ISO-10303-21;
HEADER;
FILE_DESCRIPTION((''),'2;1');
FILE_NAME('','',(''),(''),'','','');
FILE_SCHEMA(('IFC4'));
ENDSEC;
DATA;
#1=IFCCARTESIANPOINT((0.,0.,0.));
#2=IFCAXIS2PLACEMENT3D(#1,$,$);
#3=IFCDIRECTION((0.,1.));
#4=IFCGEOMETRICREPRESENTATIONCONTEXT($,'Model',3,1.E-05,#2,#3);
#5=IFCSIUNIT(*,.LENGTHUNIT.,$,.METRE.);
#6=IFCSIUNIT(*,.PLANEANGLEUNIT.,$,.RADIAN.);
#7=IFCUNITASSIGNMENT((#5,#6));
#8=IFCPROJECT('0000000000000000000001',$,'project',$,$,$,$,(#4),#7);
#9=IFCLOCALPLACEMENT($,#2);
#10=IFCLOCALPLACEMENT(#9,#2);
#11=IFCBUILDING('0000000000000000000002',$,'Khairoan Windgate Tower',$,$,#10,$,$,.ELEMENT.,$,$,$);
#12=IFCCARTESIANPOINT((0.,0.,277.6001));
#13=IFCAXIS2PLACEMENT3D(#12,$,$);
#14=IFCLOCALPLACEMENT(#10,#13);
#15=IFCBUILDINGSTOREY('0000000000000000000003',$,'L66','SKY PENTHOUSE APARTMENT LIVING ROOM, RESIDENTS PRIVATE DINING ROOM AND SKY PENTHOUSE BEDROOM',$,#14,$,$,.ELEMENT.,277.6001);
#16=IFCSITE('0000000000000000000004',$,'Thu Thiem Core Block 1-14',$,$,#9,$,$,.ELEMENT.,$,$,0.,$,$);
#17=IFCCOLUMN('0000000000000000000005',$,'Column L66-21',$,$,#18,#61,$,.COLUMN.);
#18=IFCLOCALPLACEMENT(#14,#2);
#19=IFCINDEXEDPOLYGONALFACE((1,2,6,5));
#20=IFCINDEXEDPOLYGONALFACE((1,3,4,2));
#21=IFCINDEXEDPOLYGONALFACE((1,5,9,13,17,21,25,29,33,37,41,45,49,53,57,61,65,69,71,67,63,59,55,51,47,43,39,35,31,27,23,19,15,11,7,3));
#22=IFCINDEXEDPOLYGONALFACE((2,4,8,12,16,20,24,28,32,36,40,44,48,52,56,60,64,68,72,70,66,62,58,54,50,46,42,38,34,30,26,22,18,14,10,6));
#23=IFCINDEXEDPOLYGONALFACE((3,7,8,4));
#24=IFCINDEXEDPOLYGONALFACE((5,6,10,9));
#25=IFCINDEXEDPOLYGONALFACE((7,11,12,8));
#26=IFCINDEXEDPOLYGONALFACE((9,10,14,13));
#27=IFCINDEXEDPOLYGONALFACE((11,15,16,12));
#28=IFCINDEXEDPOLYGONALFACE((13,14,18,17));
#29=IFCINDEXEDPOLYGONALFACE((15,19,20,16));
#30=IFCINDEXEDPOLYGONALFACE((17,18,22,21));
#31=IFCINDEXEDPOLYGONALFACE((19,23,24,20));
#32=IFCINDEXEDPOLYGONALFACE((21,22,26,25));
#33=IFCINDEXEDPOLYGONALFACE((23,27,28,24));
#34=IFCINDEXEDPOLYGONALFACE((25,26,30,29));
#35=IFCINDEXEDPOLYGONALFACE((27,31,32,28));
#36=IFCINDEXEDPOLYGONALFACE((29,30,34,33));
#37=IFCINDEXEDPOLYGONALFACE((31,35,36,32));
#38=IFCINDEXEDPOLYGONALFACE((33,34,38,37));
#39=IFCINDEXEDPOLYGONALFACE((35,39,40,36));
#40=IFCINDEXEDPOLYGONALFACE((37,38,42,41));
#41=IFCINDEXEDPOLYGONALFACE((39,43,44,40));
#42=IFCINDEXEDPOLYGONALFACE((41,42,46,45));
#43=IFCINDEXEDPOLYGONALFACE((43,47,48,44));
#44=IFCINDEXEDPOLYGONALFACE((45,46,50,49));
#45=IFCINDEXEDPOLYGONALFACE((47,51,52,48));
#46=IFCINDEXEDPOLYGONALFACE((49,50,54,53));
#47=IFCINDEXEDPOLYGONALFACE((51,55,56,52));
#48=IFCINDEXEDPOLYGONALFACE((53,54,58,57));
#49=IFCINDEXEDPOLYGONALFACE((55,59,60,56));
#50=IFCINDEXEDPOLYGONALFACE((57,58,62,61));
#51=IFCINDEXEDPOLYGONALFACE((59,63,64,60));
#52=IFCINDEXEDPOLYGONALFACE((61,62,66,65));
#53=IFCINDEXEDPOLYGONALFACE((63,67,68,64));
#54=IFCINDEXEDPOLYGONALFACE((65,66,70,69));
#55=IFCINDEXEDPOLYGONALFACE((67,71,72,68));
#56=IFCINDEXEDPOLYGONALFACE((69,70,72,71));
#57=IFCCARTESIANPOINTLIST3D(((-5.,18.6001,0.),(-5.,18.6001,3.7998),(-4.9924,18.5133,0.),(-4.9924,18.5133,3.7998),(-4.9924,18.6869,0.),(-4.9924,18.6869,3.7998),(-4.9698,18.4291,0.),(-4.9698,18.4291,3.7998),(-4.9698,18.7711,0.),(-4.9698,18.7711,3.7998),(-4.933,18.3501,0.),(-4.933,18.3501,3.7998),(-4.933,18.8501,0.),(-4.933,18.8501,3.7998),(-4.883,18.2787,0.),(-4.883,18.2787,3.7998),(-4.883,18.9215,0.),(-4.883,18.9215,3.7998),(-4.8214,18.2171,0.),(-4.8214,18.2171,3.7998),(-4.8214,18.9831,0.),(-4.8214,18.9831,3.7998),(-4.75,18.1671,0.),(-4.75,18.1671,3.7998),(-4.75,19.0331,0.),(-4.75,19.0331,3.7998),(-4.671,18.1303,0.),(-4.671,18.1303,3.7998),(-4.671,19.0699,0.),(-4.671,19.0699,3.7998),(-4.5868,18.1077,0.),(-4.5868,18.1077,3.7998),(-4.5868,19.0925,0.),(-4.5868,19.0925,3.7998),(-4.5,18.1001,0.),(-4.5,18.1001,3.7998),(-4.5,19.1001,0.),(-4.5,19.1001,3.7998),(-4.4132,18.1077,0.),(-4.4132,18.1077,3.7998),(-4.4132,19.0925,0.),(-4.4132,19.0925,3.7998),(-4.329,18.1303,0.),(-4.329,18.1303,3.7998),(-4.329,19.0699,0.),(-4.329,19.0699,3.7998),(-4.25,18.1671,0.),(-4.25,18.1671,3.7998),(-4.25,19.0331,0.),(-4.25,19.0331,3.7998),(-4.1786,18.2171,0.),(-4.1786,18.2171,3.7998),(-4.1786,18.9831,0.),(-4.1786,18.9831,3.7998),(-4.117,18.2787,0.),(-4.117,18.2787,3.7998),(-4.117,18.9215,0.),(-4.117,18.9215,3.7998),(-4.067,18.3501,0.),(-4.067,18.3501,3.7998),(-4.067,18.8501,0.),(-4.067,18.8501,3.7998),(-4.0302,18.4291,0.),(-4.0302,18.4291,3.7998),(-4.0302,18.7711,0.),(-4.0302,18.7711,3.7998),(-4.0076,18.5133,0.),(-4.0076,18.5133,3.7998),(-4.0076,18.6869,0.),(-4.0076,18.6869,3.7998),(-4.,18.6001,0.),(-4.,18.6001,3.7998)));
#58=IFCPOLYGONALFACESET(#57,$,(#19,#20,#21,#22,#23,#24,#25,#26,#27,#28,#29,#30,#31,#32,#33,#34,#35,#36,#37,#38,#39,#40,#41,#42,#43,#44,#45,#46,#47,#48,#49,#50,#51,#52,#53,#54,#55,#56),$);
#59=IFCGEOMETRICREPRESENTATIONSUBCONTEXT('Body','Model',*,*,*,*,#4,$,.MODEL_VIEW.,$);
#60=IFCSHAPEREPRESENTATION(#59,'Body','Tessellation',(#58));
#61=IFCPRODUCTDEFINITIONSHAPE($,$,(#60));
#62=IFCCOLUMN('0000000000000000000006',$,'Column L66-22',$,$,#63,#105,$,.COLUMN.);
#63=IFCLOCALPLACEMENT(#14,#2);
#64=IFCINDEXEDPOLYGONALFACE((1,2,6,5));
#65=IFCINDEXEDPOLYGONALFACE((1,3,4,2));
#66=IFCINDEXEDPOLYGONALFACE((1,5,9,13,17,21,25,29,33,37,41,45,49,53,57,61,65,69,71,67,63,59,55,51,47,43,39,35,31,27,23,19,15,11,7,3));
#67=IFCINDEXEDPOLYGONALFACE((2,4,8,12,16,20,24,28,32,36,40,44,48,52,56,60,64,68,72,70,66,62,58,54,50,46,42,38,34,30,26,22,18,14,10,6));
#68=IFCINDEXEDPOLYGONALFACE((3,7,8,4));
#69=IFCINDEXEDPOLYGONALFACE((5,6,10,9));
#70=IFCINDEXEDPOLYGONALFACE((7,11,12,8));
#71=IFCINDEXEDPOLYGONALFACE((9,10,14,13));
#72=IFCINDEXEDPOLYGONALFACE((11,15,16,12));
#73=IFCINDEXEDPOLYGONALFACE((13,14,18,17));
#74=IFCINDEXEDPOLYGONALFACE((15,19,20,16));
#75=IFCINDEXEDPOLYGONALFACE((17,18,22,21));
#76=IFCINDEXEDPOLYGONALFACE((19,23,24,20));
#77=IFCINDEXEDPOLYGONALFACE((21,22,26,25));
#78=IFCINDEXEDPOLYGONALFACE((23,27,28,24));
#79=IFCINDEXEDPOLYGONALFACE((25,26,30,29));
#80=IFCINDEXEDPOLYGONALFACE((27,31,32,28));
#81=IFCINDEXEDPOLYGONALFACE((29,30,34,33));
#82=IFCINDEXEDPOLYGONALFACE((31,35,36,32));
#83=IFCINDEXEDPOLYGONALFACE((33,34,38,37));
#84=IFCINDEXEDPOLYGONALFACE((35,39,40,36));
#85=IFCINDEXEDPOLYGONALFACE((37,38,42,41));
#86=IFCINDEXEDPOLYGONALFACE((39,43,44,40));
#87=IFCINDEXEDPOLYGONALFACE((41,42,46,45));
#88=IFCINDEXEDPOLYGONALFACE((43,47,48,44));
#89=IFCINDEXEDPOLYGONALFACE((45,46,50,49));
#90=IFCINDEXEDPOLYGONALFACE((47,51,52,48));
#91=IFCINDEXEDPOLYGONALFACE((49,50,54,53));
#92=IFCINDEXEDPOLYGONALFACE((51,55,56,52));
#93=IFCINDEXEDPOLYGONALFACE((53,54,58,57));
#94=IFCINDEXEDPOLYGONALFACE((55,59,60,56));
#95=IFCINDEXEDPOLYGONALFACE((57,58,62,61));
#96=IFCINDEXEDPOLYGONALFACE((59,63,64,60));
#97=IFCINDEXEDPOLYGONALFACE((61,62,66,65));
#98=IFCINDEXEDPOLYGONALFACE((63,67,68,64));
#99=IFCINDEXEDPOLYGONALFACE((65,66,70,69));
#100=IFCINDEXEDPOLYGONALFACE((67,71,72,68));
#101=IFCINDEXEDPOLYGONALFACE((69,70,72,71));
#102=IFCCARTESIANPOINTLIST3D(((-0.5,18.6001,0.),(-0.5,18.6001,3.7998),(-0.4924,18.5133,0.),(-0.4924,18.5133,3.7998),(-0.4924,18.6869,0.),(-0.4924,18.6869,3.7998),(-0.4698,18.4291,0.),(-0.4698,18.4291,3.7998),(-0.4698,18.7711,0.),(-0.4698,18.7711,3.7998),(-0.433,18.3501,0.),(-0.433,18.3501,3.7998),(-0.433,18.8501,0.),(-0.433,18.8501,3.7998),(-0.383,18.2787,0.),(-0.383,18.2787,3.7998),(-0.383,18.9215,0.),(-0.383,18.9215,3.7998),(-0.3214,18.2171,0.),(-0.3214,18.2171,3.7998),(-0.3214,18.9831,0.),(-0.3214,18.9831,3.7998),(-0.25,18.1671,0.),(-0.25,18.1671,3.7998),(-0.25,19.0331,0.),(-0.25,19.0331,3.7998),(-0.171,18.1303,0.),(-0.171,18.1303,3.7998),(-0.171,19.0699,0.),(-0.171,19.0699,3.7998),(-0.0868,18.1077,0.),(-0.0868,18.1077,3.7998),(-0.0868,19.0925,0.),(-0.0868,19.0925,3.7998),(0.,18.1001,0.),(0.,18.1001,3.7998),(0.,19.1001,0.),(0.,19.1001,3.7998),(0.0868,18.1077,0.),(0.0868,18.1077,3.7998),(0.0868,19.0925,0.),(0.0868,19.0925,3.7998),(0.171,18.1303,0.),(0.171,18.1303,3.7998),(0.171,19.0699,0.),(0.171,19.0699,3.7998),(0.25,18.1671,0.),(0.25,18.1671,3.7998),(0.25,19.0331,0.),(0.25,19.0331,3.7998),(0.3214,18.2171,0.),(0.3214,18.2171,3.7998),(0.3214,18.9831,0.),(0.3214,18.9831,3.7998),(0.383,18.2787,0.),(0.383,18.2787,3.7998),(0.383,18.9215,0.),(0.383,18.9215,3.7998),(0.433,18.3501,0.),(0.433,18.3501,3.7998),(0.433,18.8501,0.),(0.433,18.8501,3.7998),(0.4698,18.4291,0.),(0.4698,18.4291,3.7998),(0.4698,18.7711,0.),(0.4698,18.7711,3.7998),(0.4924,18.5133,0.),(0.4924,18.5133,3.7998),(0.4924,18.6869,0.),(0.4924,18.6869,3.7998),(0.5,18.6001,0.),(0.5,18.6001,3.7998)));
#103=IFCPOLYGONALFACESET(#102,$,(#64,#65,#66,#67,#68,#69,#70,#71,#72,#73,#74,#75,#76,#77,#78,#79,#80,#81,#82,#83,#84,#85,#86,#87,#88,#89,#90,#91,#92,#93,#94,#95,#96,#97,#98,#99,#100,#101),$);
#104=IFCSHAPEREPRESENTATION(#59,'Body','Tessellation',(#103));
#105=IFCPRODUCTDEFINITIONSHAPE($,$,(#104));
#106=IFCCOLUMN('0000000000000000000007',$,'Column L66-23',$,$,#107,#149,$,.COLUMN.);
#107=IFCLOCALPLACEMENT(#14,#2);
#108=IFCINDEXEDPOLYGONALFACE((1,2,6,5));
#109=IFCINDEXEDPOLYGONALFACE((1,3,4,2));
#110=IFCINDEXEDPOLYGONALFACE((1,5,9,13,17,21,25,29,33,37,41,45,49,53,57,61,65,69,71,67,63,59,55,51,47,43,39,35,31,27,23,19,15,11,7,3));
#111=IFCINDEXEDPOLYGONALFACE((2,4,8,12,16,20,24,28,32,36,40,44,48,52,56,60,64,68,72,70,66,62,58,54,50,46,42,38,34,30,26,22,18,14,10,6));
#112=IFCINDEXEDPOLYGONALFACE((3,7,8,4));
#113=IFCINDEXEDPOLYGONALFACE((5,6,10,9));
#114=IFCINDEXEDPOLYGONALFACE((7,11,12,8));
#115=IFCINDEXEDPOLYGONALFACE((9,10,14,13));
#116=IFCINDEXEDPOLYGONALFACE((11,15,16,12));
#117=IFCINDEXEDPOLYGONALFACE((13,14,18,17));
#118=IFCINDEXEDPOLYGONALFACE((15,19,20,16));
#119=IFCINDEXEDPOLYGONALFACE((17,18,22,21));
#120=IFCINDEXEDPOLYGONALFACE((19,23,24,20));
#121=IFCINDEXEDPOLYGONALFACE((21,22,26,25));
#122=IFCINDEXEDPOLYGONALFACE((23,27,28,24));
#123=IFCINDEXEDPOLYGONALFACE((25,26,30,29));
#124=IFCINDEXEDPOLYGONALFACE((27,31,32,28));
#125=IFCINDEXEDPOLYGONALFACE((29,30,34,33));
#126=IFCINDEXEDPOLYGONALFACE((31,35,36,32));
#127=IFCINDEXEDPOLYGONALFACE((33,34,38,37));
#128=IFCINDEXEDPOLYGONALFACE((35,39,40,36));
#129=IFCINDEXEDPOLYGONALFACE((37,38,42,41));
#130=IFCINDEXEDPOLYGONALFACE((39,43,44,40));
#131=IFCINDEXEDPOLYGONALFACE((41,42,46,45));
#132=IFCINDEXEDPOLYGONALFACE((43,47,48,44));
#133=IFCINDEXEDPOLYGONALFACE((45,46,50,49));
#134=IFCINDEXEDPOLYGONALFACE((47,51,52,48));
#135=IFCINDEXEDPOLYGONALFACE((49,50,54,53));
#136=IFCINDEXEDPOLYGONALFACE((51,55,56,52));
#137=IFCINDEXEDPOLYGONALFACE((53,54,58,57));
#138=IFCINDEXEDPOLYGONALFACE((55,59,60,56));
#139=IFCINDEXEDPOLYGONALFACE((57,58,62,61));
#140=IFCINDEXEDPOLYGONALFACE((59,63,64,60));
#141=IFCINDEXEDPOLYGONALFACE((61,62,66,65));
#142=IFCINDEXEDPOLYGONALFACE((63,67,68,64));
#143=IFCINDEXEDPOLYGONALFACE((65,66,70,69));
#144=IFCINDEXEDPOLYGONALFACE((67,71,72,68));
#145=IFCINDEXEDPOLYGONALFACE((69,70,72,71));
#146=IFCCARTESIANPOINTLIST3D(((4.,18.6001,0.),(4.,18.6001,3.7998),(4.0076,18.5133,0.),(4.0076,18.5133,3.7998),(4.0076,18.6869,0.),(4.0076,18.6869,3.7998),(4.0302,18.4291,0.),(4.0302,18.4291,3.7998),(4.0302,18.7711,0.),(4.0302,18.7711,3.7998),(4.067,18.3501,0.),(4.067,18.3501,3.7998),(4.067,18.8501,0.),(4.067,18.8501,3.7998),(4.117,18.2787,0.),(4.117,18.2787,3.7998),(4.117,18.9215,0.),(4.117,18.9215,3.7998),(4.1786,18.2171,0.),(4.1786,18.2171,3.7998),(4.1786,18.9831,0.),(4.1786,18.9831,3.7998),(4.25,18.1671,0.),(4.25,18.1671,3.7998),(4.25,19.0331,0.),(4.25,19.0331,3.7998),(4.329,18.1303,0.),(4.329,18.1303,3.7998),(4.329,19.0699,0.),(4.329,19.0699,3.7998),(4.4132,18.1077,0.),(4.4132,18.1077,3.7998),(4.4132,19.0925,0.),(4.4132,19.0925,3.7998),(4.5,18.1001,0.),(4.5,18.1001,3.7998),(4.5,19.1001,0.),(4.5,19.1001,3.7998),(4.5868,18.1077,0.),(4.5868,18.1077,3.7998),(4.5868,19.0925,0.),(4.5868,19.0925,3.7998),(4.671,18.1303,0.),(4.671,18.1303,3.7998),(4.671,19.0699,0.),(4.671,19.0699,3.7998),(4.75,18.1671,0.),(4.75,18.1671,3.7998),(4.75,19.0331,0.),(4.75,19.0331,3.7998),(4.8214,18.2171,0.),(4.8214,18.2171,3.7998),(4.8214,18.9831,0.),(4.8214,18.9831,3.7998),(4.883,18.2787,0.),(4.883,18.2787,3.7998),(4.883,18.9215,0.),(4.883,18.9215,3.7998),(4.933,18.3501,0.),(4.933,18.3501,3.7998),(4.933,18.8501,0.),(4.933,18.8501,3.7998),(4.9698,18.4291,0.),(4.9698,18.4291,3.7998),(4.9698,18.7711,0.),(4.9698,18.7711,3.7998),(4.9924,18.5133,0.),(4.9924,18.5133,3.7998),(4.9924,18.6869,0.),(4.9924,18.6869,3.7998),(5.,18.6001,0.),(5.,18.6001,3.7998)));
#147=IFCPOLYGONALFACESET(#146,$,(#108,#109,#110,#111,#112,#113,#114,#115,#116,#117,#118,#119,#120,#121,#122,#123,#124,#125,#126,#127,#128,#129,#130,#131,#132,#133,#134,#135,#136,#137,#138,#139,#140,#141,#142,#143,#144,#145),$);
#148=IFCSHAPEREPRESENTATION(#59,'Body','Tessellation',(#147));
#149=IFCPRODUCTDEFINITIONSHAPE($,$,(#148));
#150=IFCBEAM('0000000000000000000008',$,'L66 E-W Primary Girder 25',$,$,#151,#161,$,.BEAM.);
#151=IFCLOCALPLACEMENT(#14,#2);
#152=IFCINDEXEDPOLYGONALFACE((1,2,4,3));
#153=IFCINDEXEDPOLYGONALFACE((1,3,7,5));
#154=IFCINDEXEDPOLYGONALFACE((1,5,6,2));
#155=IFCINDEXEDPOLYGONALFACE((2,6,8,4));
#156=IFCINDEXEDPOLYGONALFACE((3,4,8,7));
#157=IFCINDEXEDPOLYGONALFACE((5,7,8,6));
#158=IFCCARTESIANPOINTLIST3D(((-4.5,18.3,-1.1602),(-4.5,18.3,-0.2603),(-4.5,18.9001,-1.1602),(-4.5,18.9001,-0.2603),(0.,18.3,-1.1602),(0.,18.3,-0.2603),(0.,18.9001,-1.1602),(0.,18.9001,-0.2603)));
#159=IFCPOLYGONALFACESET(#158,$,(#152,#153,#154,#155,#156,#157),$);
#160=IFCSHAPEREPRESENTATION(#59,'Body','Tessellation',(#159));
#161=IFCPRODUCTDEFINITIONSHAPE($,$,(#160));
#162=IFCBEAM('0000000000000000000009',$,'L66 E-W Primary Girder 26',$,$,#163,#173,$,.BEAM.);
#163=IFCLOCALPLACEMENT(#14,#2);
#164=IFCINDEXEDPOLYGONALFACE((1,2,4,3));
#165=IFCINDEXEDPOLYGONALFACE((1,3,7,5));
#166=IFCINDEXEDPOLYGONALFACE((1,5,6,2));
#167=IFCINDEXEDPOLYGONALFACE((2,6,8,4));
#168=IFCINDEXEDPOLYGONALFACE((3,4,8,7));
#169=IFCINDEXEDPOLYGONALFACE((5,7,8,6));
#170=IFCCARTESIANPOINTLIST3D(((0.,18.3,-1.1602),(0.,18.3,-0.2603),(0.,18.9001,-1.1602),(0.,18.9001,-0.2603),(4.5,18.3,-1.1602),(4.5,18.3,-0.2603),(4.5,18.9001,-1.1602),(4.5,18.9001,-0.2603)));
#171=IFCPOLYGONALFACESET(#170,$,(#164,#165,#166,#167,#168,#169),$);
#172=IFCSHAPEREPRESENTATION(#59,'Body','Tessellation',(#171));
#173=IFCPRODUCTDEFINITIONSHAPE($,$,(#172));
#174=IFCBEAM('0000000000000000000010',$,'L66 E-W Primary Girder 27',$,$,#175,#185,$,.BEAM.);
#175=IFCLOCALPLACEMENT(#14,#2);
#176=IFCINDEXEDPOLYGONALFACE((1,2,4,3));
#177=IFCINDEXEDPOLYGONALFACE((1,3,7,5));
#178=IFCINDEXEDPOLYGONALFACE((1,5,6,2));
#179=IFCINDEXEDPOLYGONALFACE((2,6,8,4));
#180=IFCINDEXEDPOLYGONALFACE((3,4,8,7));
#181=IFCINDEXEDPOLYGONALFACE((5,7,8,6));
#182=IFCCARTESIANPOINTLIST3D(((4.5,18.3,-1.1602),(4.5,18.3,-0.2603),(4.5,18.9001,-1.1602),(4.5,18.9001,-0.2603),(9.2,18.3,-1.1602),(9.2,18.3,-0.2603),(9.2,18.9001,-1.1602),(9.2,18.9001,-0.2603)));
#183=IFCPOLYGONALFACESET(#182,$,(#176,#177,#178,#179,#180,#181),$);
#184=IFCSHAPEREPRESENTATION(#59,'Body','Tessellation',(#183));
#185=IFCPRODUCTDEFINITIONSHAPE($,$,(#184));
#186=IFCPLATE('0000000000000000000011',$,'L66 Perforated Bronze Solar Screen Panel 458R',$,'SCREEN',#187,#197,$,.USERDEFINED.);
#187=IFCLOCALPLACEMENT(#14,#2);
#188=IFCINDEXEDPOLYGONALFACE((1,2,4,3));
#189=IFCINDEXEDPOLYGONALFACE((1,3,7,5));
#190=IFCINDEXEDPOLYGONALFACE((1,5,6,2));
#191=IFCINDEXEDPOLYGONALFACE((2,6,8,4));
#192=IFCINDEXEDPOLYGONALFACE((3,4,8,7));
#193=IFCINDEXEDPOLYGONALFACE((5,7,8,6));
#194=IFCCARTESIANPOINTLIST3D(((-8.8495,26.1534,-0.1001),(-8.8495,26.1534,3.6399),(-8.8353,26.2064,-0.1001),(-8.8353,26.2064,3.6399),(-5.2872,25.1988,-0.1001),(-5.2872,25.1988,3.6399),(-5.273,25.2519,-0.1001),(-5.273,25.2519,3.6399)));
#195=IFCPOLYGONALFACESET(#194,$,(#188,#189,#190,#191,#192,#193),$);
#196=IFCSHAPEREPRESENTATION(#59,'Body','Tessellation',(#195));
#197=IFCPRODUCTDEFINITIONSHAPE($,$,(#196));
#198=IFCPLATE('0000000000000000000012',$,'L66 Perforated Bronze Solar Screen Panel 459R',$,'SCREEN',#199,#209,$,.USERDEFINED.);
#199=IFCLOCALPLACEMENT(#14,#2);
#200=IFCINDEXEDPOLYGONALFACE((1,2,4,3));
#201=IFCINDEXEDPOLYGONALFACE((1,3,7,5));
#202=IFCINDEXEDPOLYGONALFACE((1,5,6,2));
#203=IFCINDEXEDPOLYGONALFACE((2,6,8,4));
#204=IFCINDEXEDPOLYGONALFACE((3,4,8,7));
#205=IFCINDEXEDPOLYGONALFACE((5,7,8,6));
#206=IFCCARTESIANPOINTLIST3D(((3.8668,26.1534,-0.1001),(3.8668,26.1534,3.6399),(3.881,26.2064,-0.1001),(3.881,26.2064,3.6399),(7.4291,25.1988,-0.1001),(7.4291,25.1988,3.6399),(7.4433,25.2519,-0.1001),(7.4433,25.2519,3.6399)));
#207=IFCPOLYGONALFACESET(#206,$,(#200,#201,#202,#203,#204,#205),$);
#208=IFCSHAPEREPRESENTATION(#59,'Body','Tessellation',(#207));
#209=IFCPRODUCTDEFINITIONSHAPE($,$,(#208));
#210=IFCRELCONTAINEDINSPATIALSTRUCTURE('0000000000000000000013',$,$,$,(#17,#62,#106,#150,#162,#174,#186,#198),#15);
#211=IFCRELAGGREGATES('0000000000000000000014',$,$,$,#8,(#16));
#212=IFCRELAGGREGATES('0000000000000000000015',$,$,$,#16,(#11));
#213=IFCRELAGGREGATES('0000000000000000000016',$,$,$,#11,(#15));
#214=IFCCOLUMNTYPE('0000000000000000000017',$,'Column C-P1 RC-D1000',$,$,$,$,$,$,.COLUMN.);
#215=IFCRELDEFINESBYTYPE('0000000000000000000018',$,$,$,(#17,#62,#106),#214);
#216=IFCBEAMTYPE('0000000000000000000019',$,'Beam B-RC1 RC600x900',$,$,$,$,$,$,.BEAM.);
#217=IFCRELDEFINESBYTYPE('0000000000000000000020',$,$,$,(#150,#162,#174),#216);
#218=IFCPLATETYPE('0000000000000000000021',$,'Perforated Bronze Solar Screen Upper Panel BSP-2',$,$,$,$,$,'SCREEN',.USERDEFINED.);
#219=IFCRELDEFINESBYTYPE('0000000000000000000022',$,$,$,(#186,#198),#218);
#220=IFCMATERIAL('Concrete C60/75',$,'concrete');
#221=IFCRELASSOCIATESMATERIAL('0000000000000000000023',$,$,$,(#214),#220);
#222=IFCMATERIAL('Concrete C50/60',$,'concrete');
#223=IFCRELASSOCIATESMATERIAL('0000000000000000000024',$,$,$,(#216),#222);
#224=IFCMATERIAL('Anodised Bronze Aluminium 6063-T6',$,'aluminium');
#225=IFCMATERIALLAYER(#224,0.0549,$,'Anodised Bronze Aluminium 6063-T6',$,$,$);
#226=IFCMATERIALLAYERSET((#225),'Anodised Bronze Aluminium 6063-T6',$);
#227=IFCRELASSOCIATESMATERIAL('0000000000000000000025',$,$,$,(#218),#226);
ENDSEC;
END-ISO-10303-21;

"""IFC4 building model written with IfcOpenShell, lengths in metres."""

from ifc_helpers import new_model, si_unit, direction, frame, origin, origin_2d, place, context, subcontext, project, spatial, rectangle, circle, extrude, material, layer, layer_set, material_profile, profile_set, type_object, element, save


model = new_model("IFC4")

# Units and contexts
model_context = context("Model", 3, precision=1e-05, world=origin(), true_north=direction((0.0, 1.0)))
body_context = subcontext(model_context, "Body", "Model", "MODEL_VIEW")
ifc_project = project(units=[si_unit("LENGTHUNIT", "METRE"), si_unit("PLANEANGLEUNIT", "RADIAN")], contexts=[model_context])

# Site, building, storey
site_placement = place(None, origin())
site = spatial("IfcSite", under=ifc_project, at=site_placement, Name="Thu Thiem Core Block 1-14", CompositionType="ELEMENT", RefElevation=0.0)
building_placement = place(site_placement, origin())
building = spatial("IfcBuilding", under=site, at=building_placement, Name="Khairoan Windgate Tower", CompositionType="ELEMENT")
storey_placement = place(building_placement, frame((0.0, 0.0, 277.6001)))
storey = spatial("IfcBuildingStorey", under=building, at=storey_placement, Name="L66", Description="SKY PENTHOUSE APARTMENT LIVING ROOM, RESIDENTS PRIVATE DINING ROOM AND SKY PENTHOUSE BEDROOM", CompositionType="ELEMENT", Elevation=277.6001)

# Columns
ifc_material_1 = material(Name="Concrete C60/75", Category="concrete")
ifc_material_profile_1 = material_profile(ifc_material_1, circle(Radius=0.5, at=origin_2d()))
ifc_profile_set_1 = profile_set([ifc_material_profile_1], Name="Concrete C60/75")
column_type = type_object("IfcColumnType", Name="Column C-P1 RC-D1000", PredefinedType="COLUMN", material=ifc_profile_set_1)
for number, where, z_axis, x_axis, name in (
    (1, (-4.5, 18.6001, 0.0), (0.0, 0.0, 1.0), (1.0, 0.0, 0.0), "Column L66-21"),
    (2, (0.0, 18.6001, 0.0), (0.0, 0.0, 1.0), (1.0, 0.0, 0.0), "Column L66-22"),
    (3, (4.5, 18.6001, 0.0), (0.0, 0.0, 1.0), (1.0, 0.0, 0.0), "Column L66-23"),
):
    element("IfcColumn", number, at=place(storey_placement, frame(where, z_axis=z_axis, x_axis=x_axis)), inside=storey, type_object=column_type, Name=name, PredefinedType="COLUMN", context=body_context, shape_type="SweptSolid", body=[
        extrude(circle(Radius=0.5, at=origin_2d()), origin(), (0.0, 0.0, 1.0), 3.7998),
    ])

# Beams
ifc_material_2 = material(Name="Concrete C50/60", Category="concrete")
ifc_material_profile_2 = material_profile(ifc_material_2, rectangle(XDim=0.6001, YDim=0.8999, at=origin_2d()))
ifc_profile_set_2 = profile_set([ifc_material_profile_2], Name="Concrete C50/60")
beam_type = type_object("IfcBeamType", Name="Beam B-RC1 RC600x900", PredefinedType="BEAM", material=ifc_profile_set_2)
for number, where, z_axis, x_axis, name in (
    (4, (-4.5, 18.6001, -0.7102), (1.0, 0.0, 0.0), (0.0, 1.0, 0.0), "L66 E-W Primary Girder 25"),
    (5, (0.0, 18.6001, -0.7102), (1.0, 0.0, 0.0), (0.0, 1.0, 0.0), "L66 E-W Primary Girder 26"),
):
    element("IfcBeam", number, at=place(storey_placement, frame(where, z_axis=z_axis, x_axis=x_axis)), inside=storey, type_object=beam_type, Name=name, PredefinedType="BEAM", context=body_context, shape_type="SweptSolid", body=[
        extrude(rectangle(XDim=0.6001, YDim=0.8999, at=origin_2d()), origin(), (0.0, 0.0, 1.0), 4.5),
    ])
beam_placement = place(storey_placement, frame((4.5, 18.6001, -0.7102), z_axis=(1.0, 0.0, 0.0), x_axis=(0.0, 1.0, 0.0)))
element("IfcBeam", 6, at=beam_placement, inside=storey, type_object=beam_type, Name="L66 E-W Primary Girder 27", PredefinedType="BEAM", context=body_context, shape_type="SweptSolid", body=[
    extrude(rectangle(XDim=0.6001, YDim=0.8999, at=origin_2d()), origin(), (0.0, 0.0, 1.0), 4.7),
])

# Plates
ifc_material_3 = material(Name="Anodised Bronze Aluminium 6063-T6", Category="aluminium")
ifc_layer_1 = layer(ifc_material_3, 0.0549, Name="Anodised Bronze Aluminium 6063-T6")
ifc_layer_set_1 = layer_set([ifc_layer_1], Name="Anodised Bronze Aluminium 6063-T6")
plate_type = type_object("IfcPlateType", Name="Perforated Bronze Solar Screen Upper Panel BSP-2", ElementType="SCREEN", PredefinedType="USERDEFINED", material=ifc_layer_set_1)
for number, where, z_axis, x_axis, name in (
    (7, (-7.0613, 25.7026, -0.1001), (0.0, 0.0, 1.0), (0.965926, -0.258819, 0.0), "L66 Perforated Bronze Solar Screen Panel 458R"),
    (8, (5.655, 25.7026, -0.1001), (0.0, 0.0, 1.0), (0.965926, -0.258819, 0.0), "L66 Perforated Bronze Solar Screen Panel 459R"),
):
    element("IfcPlate", number, at=place(storey_placement, frame(where, z_axis=z_axis, x_axis=x_axis)), inside=storey, type_object=plate_type, Name=name, ObjectType="SCREEN", PredefinedType="USERDEFINED", context=body_context, shape_type="SweptSolid", body=[
        extrude(rectangle(XDim=3.688, YDim=0.0549, at=origin_2d()), origin(), (0.0, 0.0, 1.0), 3.74),
    ])

save(model, "model.ifc")
